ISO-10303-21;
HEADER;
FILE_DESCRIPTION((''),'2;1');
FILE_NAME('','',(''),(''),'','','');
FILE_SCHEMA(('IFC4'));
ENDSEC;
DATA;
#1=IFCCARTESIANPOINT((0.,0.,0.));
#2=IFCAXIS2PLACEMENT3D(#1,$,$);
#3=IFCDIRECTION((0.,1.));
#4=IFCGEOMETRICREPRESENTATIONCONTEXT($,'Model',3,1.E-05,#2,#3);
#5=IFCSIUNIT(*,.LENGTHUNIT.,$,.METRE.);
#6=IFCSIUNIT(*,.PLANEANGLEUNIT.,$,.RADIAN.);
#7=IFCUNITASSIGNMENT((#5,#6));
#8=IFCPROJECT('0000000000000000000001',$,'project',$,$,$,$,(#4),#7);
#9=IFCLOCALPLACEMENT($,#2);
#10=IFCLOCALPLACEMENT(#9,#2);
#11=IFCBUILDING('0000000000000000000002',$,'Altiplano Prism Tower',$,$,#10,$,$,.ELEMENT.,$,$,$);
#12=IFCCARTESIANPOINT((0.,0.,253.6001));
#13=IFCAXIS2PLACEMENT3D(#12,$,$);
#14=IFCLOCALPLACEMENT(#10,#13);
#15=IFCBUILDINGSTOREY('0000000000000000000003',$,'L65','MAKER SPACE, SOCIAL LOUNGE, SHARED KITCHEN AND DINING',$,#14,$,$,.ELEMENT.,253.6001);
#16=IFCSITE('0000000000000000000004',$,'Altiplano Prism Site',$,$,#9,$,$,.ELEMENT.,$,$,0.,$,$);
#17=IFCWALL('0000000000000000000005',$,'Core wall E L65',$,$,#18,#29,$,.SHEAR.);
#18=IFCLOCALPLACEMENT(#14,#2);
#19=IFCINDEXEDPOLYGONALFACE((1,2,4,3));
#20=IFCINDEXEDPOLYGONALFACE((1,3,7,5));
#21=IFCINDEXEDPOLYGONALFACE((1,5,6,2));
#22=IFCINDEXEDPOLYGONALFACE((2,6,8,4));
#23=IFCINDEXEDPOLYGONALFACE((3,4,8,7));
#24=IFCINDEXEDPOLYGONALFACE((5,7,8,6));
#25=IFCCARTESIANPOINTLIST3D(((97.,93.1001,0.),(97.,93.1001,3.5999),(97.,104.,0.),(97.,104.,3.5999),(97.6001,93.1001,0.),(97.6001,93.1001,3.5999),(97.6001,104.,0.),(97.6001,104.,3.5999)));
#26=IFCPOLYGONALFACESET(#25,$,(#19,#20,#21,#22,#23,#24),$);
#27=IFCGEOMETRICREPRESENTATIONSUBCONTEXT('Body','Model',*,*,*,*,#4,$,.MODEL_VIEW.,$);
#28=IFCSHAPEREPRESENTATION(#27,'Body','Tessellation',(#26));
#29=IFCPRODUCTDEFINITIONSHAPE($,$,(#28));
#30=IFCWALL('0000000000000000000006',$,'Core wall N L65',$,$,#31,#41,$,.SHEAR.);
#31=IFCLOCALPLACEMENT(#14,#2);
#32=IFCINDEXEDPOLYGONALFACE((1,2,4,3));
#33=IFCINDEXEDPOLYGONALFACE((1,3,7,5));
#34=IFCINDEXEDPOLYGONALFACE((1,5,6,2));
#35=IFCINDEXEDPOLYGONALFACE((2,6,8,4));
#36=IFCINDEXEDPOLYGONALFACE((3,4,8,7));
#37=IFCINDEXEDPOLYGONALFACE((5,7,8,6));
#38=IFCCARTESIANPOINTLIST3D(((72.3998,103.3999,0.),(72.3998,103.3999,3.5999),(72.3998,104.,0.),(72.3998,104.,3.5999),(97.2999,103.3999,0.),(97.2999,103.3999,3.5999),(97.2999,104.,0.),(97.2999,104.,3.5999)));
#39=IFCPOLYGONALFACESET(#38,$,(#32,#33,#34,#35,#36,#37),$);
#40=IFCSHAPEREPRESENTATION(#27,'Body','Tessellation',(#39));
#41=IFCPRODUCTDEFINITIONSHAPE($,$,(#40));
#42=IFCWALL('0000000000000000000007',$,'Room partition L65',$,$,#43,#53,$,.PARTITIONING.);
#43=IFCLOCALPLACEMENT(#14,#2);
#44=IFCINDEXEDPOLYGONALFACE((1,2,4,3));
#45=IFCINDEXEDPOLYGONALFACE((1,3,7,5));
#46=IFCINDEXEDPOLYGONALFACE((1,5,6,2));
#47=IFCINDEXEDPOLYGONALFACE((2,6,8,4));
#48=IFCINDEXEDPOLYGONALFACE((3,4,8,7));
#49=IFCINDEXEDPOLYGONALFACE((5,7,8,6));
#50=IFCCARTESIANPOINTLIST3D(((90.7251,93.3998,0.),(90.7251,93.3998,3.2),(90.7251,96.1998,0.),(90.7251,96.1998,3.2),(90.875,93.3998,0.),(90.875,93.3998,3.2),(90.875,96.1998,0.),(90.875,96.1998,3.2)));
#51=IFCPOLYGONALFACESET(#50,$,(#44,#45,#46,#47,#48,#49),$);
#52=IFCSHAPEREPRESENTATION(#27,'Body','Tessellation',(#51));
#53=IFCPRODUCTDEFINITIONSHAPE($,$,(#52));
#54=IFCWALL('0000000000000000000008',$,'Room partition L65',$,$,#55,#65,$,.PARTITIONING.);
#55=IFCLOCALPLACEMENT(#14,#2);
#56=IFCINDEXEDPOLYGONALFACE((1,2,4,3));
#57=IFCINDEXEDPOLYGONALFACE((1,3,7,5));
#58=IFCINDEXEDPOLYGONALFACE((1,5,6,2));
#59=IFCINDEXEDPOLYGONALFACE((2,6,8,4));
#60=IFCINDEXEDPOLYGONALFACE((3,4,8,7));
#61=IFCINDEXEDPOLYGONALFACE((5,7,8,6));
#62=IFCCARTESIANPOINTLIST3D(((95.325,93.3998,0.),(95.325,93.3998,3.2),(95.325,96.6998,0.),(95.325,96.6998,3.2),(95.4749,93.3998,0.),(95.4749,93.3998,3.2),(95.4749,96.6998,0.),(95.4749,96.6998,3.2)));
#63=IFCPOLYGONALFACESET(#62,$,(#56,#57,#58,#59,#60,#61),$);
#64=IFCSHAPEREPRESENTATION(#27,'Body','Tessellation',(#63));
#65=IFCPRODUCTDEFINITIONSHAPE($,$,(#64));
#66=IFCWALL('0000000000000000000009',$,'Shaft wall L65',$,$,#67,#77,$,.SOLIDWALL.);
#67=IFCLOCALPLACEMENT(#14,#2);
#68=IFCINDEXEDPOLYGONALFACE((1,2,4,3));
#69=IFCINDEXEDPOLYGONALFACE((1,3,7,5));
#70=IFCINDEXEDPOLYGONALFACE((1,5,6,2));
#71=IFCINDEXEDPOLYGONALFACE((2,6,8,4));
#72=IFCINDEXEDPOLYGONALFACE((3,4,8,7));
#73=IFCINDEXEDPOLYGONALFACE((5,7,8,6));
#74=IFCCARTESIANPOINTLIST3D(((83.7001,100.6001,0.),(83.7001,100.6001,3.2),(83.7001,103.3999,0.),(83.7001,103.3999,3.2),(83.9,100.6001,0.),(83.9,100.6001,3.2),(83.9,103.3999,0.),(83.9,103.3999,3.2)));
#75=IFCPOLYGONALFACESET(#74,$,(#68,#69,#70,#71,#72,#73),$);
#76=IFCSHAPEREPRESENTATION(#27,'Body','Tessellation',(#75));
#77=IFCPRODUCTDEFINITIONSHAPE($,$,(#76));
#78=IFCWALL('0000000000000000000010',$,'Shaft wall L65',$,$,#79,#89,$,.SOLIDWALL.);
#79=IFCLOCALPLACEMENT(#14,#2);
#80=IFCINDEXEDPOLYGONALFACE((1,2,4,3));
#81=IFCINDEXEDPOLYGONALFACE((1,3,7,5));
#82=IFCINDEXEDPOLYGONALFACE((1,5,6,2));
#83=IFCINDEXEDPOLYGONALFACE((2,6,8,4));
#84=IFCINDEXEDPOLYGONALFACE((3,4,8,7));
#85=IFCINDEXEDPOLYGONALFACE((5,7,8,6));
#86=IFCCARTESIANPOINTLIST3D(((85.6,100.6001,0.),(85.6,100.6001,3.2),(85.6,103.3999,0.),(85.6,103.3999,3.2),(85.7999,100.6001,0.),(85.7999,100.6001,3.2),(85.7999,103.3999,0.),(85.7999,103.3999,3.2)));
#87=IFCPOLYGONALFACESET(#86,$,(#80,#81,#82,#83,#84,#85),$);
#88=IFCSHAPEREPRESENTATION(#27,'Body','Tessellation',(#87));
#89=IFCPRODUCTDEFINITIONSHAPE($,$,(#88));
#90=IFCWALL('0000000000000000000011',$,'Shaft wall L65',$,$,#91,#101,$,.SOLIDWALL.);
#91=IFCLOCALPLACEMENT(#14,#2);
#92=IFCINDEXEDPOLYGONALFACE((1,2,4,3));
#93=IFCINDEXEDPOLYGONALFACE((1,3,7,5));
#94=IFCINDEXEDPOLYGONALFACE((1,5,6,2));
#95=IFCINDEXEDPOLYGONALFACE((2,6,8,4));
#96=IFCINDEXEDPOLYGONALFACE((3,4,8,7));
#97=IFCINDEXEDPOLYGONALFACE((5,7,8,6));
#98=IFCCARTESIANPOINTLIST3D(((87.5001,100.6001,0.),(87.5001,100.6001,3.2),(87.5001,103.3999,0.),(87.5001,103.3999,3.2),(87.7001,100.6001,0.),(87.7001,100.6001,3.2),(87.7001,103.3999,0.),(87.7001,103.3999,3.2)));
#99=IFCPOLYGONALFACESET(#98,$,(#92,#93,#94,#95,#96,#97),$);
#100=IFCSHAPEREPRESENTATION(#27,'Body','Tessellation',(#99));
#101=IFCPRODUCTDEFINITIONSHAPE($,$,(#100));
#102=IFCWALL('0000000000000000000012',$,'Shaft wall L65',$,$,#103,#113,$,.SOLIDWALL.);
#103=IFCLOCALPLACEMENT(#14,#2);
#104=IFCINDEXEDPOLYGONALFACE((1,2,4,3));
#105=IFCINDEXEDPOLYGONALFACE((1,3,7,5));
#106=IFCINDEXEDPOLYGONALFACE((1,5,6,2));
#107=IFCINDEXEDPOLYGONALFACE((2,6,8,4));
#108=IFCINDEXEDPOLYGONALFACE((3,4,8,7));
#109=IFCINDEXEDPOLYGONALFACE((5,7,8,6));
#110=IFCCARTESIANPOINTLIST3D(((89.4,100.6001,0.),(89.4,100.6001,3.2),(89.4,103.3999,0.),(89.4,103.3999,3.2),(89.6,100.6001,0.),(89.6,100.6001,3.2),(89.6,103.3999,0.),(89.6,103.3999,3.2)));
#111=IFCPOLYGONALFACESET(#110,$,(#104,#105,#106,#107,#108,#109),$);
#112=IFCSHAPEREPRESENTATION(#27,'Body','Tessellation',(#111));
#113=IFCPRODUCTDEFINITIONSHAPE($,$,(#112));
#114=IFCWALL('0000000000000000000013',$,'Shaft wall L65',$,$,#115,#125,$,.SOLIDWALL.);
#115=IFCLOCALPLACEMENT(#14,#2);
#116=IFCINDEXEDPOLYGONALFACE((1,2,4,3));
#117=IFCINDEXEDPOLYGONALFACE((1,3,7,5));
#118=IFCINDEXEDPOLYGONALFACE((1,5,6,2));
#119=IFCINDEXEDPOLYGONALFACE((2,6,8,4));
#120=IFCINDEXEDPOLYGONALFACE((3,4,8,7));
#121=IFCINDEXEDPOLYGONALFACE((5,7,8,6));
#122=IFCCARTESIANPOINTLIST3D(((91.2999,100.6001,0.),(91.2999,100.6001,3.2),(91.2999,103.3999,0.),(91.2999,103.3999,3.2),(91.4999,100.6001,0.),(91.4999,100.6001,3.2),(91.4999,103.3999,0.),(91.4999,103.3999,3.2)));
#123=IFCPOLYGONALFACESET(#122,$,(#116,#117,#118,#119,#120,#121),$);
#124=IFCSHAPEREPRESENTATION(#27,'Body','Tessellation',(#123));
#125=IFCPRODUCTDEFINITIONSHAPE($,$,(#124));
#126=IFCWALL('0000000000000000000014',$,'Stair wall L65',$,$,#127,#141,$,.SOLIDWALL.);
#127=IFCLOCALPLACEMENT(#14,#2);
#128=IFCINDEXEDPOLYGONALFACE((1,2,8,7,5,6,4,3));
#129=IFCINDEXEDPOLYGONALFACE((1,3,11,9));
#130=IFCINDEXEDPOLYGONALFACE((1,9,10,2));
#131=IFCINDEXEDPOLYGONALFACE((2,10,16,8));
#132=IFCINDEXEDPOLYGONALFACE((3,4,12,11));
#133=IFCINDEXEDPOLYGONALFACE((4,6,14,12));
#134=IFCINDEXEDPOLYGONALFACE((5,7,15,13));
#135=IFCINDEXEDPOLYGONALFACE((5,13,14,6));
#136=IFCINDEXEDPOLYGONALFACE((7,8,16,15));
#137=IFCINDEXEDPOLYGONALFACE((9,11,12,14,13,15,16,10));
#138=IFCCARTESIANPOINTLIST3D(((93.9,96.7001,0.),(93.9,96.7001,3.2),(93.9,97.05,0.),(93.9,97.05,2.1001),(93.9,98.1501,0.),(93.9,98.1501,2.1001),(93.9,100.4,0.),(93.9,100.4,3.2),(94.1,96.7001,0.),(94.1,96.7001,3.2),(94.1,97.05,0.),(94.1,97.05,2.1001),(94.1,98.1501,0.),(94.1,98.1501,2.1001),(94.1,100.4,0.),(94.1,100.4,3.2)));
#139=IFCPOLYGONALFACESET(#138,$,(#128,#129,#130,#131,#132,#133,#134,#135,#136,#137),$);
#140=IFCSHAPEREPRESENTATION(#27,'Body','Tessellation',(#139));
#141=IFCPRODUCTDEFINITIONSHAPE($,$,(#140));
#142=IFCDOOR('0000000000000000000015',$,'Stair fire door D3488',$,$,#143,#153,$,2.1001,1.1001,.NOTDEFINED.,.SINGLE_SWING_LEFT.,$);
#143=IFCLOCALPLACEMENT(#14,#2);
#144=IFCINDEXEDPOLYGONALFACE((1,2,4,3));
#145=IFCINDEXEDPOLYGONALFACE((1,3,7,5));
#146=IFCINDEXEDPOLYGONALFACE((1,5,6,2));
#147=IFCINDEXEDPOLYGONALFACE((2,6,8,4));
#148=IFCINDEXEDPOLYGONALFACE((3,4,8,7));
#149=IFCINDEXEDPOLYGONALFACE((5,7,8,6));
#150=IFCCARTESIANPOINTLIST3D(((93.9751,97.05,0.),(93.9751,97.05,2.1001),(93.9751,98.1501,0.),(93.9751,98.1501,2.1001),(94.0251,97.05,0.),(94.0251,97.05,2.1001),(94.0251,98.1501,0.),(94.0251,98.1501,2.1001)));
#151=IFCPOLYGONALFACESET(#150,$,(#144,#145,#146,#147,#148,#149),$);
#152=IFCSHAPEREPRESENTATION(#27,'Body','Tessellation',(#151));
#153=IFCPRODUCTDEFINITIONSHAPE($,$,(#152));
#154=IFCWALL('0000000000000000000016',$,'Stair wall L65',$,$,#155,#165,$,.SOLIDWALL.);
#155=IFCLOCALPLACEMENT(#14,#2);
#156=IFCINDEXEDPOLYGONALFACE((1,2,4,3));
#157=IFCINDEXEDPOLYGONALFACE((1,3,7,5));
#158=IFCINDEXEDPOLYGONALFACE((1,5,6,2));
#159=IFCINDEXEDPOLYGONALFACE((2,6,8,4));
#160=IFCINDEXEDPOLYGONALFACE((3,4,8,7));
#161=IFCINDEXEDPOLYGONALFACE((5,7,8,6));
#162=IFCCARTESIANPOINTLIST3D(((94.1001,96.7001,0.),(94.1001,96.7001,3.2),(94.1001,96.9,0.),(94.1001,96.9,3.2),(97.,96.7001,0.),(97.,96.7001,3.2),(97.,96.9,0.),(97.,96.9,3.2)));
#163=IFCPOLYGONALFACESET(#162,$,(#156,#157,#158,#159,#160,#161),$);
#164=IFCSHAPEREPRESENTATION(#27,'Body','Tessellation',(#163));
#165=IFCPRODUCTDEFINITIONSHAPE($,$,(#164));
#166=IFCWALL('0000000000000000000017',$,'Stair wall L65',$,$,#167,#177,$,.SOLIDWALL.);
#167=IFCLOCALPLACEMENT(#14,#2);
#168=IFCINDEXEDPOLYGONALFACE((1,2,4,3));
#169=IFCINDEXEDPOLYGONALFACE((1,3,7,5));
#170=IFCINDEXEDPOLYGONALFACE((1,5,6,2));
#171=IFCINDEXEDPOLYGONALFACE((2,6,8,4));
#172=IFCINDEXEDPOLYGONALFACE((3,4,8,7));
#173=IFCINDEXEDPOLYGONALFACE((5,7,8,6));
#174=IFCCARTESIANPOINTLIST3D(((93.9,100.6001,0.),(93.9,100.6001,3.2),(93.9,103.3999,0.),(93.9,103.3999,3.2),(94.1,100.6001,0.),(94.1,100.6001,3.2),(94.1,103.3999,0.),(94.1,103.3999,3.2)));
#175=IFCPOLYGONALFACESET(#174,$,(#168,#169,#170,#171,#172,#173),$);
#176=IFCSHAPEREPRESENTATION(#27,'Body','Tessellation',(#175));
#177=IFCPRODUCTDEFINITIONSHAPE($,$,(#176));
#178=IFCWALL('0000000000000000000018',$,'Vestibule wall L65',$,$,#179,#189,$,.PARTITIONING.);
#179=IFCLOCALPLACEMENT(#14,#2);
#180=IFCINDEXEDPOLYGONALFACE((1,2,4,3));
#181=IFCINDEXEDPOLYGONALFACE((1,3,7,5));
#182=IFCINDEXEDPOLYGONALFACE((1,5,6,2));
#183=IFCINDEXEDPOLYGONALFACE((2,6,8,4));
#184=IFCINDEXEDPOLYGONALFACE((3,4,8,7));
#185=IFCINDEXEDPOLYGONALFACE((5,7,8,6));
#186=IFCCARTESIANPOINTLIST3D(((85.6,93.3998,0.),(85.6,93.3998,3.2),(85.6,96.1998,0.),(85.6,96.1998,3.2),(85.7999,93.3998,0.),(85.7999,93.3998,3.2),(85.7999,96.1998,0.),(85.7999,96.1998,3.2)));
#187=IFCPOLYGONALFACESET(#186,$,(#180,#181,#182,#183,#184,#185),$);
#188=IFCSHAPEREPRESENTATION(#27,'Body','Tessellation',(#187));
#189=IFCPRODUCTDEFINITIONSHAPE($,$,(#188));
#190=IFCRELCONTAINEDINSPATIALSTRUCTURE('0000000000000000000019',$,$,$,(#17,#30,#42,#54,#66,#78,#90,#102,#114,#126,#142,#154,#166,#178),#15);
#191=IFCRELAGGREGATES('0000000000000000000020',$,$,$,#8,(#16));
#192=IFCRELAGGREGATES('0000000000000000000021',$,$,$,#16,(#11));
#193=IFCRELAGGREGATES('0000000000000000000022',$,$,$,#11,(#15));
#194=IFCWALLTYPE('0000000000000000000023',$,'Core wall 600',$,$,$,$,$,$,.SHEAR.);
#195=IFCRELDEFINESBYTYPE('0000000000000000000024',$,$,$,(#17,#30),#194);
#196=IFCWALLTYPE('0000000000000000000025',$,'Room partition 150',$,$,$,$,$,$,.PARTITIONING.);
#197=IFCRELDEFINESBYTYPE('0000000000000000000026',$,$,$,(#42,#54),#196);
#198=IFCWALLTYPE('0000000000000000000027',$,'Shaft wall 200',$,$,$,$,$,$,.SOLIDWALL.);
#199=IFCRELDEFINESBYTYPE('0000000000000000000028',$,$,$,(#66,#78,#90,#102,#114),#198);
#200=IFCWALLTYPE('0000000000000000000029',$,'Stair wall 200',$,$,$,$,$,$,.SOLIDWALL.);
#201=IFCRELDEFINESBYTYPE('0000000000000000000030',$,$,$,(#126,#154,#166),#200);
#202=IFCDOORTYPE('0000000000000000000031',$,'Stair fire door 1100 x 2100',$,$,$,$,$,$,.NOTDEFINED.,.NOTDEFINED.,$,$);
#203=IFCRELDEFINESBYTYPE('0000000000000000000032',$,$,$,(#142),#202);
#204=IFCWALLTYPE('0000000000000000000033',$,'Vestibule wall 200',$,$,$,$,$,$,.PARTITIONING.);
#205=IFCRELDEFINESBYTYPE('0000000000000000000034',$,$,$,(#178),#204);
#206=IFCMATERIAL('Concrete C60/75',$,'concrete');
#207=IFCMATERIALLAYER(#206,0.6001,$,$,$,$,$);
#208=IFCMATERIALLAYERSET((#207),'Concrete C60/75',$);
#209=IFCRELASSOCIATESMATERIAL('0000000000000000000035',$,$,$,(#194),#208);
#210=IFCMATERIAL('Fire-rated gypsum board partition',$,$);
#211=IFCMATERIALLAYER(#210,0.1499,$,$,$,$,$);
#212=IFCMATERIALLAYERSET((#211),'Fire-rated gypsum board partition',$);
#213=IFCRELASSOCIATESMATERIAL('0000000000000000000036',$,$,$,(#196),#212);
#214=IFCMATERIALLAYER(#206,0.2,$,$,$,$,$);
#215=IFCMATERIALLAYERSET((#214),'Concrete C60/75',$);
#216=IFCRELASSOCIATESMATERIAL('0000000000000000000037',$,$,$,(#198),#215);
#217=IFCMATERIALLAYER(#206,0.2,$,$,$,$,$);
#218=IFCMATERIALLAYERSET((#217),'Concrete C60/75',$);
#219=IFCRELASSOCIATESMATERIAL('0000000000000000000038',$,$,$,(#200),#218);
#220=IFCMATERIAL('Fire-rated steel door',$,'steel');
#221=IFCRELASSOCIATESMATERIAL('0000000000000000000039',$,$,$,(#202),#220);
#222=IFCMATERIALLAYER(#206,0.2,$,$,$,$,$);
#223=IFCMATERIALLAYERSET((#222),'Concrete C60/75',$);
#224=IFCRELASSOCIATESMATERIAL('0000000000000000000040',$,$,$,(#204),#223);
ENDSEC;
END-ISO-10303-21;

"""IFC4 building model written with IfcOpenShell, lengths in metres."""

from ifc_helpers import new_model, si_unit, direction, frame, frame_2d, origin, place, context, subcontext, project, spatial, rectangle, extrude, material, layer, layer_set, type_object, element, fill, save


model = new_model("IFC4")

# Units and contexts
model_context = context("Model", 3, precision=1e-05, world=origin(), true_north=direction((0.0, 1.0)))
body_context = subcontext(model_context, "Body", "Model", "MODEL_VIEW")
ifc_project = project(units=[si_unit("LENGTHUNIT", "METRE"), si_unit("PLANEANGLEUNIT", "RADIAN")], contexts=[model_context])

# Site, building, storey
site_placement = place(None, origin())
site = spatial("IfcSite", under=ifc_project, at=site_placement, Name="Altiplano Prism Site", CompositionType="ELEMENT", RefElevation=0.0)
building_placement = place(site_placement, origin())
building = spatial("IfcBuilding", under=site, at=building_placement, Name="Altiplano Prism Tower", CompositionType="ELEMENT")
storey_placement = place(building_placement, frame((0.0, 0.0, 253.6001)))
storey = spatial("IfcBuildingStorey", under=building, at=storey_placement, Name="L65", Description="MAKER SPACE, SOCIAL LOUNGE, SHARED KITCHEN AND DINING", CompositionType="ELEMENT", Elevation=253.6001)

# Walls
ifc_material_1 = material(Name="Concrete C60/75", Category="concrete")
ifc_layer_1 = layer(ifc_material_1, 0.6001)
ifc_layer_set_1 = layer_set([ifc_layer_1], Name="Concrete C60/75")
wall_type_1 = type_object("IfcWallType", Name="Core wall 600", PredefinedType="SHEAR", material=ifc_layer_set_1)
wall_1_placement = place(storey_placement, frame((97.3, 93.1001, 0.0), z_axis=(0.0, 0.0, 1.0), x_axis=(0.0, 1.0, 0.0)))
element("IfcWall", 1, at=wall_1_placement, inside=storey, type_object=wall_type_1, Name="Core wall E L65", PredefinedType="SHEAR", context=body_context, shape_type="SweptSolid", body=[
    extrude(rectangle(XDim=10.8999, YDim=0.6001, at=frame_2d((5.45, 0.0))), origin(), (0.0, 0.0, 1.0), 3.5999),
])
wall_2_placement = place(storey_placement, frame((97.3, 103.7, 0.0), z_axis=(0.0, 0.0, 1.0), x_axis=(-1.0, 0.0, 0.0)))
element("IfcWall", 2, at=wall_2_placement, inside=storey, type_object=wall_type_1, Name="Core wall N L65", PredefinedType="SHEAR", context=body_context, shape_type="SweptSolid", body=[
    extrude(rectangle(XDim=24.9001, YDim=0.6001, at=frame_2d((12.4502, 0.0))), origin(), (0.0, 0.0, 1.0), 3.5999),
])
ifc_material_2 = material(Name="Fire-rated gypsum board partition")
ifc_layer_2 = layer(ifc_material_2, 0.1499)
ifc_layer_set_2 = layer_set([ifc_layer_2], Name="Fire-rated gypsum board partition")
wall_type_2 = type_object("IfcWallType", Name="Room partition 150", PredefinedType="PARTITIONING", material=ifc_layer_set_2)
wall_3_placement = place(storey_placement, frame((90.8, 93.3999, 0.0), z_axis=(0.0, 0.0, 1.0), x_axis=(0.0, 1.0, 0.0)))
element("IfcWall", 3, at=wall_3_placement, inside=storey, type_object=wall_type_2, Name="Room partition L65", PredefinedType="PARTITIONING", context=body_context, shape_type="SweptSolid", body=[
    extrude(rectangle(XDim=2.8, YDim=0.1499, at=frame_2d((1.3999, 0.0))), origin(), (0.0, 0.0, 1.0), 3.2),
])
wall_4_placement = place(storey_placement, frame((95.3999, 93.3999, 0.0), z_axis=(0.0, 0.0, 1.0), x_axis=(0.0, 1.0, 0.0)))
element("IfcWall", 4, at=wall_4_placement, inside=storey, type_object=wall_type_2, Name="Room partition L65", PredefinedType="PARTITIONING", context=body_context, shape_type="SweptSolid", body=[
    extrude(rectangle(XDim=3.3, YDim=0.1499, at=frame_2d((1.6499, 0.0))), origin(), (0.0, 0.0, 1.0), 3.2),
])
ifc_layer_3 = layer(ifc_material_1, 0.2)
ifc_layer_set_3 = layer_set([ifc_layer_3], Name="Concrete C60/75")
wall_type_3 = type_object("IfcWallType", Name="Shaft wall 200", PredefinedType="SOLIDWALL", material=ifc_layer_set_3)
for number, where, z_axis, x_axis, name in (
    (5, (83.8, 100.6001, 0.0), (0.0, 0.0, 1.0), (0.0, 1.0, 0.0), "Shaft wall L65"),
    (6, (85.7, 100.6001, 0.0), (0.0, 0.0, 1.0), (0.0, 1.0, 0.0), "Shaft wall L65"),
    (7, (87.6001, 100.6001, 0.0), (0.0, 0.0, 1.0), (0.0, 1.0, 0.0), "Shaft wall L65"),
    (8, (89.5, 100.6001, 0.0), (0.0, 0.0, 1.0), (0.0, 1.0, 0.0), "Shaft wall L65"),
    (9, (91.3999, 100.6001, 0.0), (0.0, 0.0, 1.0), (0.0, 1.0, 0.0), "Shaft wall L65"),
):
    element("IfcWall", number, at=place(storey_placement, frame(where, z_axis=z_axis, x_axis=x_axis)), inside=storey, type_object=wall_type_3, Name=name, PredefinedType="SOLIDWALL", context=body_context, shape_type="SweptSolid", body=[
        extrude(rectangle(XDim=2.7998, YDim=0.2, at=frame_2d((1.3999, 0.0))), origin(), (0.0, 0.0, 1.0), 3.2),
    ])

# Wall, opening, door
ifc_layer_4 = layer(ifc_material_1, 0.2)
ifc_layer_set_4 = layer_set([ifc_layer_4], Name="Concrete C60/75")
wall_type_4 = type_object("IfcWallType", Name="Stair wall 200", PredefinedType="SOLIDWALL", material=ifc_layer_set_4)
wall_5_placement = place(storey_placement, frame((94.0, 96.7, 0.0), z_axis=(0.0, 0.0, 1.0), x_axis=(0.0, 1.0, 0.0)))
wall_5 = element("IfcWall", 10, at=wall_5_placement, inside=storey, type_object=wall_type_4, Name="Stair wall L65", PredefinedType="SOLIDWALL", context=body_context, shape_type="SweptSolid", body=[
    extrude(rectangle(XDim=3.7, YDim=0.2, at=frame_2d((1.8501, 0.0))), origin(), (0.0, 0.0, 1.0), 3.2),
])
opening_1_placement = place(wall_5_placement, frame((0.3501, 0.0, 0.0)))
opening_1 = element("IfcOpeningElement", 11, at=opening_1_placement, cuts=wall_5, PredefinedType="OPENING", context=body_context, shape_type="SweptSolid", body=[
    extrude(rectangle(XDim=1.1001, YDim=2.1001, at=frame_2d((0.55, 1.05))), frame((0.0, 0.1104, 0.0), z_axis=(0.0, -1.0, 0.0), x_axis=(1.0, 0.0, 0.0)), (0.0, 0.0, 1.0), 0.2209),
])
ifc_material_3 = material(Name="Fire-rated steel door", Category="steel")
door_type_1 = type_object("IfcDoorType", Name="Stair fire door 1100 x 2100", OperationType="NOTDEFINED", PredefinedType="NOTDEFINED", material=ifc_material_3)
door_1_placement = place(opening_1_placement, origin())
door_1 = element("IfcDoor", 12, at=door_1_placement, inside=storey, type_object=door_type_1, Name="Stair fire door D3488", OperationType="SINGLE_SWING_LEFT", OverallHeight=2.1001, OverallWidth=1.1001, PredefinedType="NOTDEFINED", context=body_context, shape_type="SweptSolid", body=[
    extrude(rectangle(XDim=1.1001, YDim=2.1001, at=frame_2d((0.55, 1.05))), frame((0.0, 0.0249, 0.0), z_axis=(0.0, -1.0, 0.0), x_axis=(1.0, 0.0, 0.0)), (0.0, 0.0, 1.0), 0.05),
])
fill(opening_1, door_1)

# Walls
wall_6_placement = place(storey_placement, frame((94.1001, 96.8, 0.0), z_axis=(0.0, 0.0, 1.0), x_axis=(1.0, 0.0, 0.0)))
element("IfcWall", 13, at=wall_6_placement, inside=storey, type_object=wall_type_4, Name="Stair wall L65", PredefinedType="SOLIDWALL", context=body_context, shape_type="SweptSolid", body=[
    extrude(rectangle(XDim=2.8999, YDim=0.2, at=frame_2d((1.45, 0.0))), origin(), (0.0, 0.0, 1.0), 3.2),
])
wall_7_placement = place(storey_placement, frame((94.0, 100.6001, 0.0), z_axis=(0.0, 0.0, 1.0), x_axis=(0.0, 1.0, 0.0)))
element("IfcWall", 14, at=wall_7_placement, inside=storey, type_object=wall_type_4, Name="Stair wall L65", PredefinedType="SOLIDWALL", context=body_context, shape_type="SweptSolid", body=[
    extrude(rectangle(XDim=2.7998, YDim=0.2, at=frame_2d((1.3999, 0.0))), origin(), (0.0, 0.0, 1.0), 3.2),
])
ifc_layer_5 = layer(ifc_material_1, 0.2)
ifc_layer_set_5 = layer_set([ifc_layer_5], Name="Concrete C60/75")
wall_type_5 = type_object("IfcWallType", Name="Vestibule wall 200", PredefinedType="PARTITIONING", material=ifc_layer_set_5)
wall_8_placement = place(storey_placement, frame((85.7, 93.3999, 0.0), z_axis=(0.0, 0.0, 1.0), x_axis=(0.0, 1.0, 0.0)))
element("IfcWall", 15, at=wall_8_placement, inside=storey, type_object=wall_type_5, Name="Vestibule wall L65", PredefinedType="PARTITIONING", context=body_context, shape_type="SweptSolid", body=[
    extrude(rectangle(XDim=2.8, YDim=0.2, at=frame_2d((1.3999, 0.0))), origin(), (0.0, 0.0, 1.0), 3.2),
])

save(model, "model.ifc")
